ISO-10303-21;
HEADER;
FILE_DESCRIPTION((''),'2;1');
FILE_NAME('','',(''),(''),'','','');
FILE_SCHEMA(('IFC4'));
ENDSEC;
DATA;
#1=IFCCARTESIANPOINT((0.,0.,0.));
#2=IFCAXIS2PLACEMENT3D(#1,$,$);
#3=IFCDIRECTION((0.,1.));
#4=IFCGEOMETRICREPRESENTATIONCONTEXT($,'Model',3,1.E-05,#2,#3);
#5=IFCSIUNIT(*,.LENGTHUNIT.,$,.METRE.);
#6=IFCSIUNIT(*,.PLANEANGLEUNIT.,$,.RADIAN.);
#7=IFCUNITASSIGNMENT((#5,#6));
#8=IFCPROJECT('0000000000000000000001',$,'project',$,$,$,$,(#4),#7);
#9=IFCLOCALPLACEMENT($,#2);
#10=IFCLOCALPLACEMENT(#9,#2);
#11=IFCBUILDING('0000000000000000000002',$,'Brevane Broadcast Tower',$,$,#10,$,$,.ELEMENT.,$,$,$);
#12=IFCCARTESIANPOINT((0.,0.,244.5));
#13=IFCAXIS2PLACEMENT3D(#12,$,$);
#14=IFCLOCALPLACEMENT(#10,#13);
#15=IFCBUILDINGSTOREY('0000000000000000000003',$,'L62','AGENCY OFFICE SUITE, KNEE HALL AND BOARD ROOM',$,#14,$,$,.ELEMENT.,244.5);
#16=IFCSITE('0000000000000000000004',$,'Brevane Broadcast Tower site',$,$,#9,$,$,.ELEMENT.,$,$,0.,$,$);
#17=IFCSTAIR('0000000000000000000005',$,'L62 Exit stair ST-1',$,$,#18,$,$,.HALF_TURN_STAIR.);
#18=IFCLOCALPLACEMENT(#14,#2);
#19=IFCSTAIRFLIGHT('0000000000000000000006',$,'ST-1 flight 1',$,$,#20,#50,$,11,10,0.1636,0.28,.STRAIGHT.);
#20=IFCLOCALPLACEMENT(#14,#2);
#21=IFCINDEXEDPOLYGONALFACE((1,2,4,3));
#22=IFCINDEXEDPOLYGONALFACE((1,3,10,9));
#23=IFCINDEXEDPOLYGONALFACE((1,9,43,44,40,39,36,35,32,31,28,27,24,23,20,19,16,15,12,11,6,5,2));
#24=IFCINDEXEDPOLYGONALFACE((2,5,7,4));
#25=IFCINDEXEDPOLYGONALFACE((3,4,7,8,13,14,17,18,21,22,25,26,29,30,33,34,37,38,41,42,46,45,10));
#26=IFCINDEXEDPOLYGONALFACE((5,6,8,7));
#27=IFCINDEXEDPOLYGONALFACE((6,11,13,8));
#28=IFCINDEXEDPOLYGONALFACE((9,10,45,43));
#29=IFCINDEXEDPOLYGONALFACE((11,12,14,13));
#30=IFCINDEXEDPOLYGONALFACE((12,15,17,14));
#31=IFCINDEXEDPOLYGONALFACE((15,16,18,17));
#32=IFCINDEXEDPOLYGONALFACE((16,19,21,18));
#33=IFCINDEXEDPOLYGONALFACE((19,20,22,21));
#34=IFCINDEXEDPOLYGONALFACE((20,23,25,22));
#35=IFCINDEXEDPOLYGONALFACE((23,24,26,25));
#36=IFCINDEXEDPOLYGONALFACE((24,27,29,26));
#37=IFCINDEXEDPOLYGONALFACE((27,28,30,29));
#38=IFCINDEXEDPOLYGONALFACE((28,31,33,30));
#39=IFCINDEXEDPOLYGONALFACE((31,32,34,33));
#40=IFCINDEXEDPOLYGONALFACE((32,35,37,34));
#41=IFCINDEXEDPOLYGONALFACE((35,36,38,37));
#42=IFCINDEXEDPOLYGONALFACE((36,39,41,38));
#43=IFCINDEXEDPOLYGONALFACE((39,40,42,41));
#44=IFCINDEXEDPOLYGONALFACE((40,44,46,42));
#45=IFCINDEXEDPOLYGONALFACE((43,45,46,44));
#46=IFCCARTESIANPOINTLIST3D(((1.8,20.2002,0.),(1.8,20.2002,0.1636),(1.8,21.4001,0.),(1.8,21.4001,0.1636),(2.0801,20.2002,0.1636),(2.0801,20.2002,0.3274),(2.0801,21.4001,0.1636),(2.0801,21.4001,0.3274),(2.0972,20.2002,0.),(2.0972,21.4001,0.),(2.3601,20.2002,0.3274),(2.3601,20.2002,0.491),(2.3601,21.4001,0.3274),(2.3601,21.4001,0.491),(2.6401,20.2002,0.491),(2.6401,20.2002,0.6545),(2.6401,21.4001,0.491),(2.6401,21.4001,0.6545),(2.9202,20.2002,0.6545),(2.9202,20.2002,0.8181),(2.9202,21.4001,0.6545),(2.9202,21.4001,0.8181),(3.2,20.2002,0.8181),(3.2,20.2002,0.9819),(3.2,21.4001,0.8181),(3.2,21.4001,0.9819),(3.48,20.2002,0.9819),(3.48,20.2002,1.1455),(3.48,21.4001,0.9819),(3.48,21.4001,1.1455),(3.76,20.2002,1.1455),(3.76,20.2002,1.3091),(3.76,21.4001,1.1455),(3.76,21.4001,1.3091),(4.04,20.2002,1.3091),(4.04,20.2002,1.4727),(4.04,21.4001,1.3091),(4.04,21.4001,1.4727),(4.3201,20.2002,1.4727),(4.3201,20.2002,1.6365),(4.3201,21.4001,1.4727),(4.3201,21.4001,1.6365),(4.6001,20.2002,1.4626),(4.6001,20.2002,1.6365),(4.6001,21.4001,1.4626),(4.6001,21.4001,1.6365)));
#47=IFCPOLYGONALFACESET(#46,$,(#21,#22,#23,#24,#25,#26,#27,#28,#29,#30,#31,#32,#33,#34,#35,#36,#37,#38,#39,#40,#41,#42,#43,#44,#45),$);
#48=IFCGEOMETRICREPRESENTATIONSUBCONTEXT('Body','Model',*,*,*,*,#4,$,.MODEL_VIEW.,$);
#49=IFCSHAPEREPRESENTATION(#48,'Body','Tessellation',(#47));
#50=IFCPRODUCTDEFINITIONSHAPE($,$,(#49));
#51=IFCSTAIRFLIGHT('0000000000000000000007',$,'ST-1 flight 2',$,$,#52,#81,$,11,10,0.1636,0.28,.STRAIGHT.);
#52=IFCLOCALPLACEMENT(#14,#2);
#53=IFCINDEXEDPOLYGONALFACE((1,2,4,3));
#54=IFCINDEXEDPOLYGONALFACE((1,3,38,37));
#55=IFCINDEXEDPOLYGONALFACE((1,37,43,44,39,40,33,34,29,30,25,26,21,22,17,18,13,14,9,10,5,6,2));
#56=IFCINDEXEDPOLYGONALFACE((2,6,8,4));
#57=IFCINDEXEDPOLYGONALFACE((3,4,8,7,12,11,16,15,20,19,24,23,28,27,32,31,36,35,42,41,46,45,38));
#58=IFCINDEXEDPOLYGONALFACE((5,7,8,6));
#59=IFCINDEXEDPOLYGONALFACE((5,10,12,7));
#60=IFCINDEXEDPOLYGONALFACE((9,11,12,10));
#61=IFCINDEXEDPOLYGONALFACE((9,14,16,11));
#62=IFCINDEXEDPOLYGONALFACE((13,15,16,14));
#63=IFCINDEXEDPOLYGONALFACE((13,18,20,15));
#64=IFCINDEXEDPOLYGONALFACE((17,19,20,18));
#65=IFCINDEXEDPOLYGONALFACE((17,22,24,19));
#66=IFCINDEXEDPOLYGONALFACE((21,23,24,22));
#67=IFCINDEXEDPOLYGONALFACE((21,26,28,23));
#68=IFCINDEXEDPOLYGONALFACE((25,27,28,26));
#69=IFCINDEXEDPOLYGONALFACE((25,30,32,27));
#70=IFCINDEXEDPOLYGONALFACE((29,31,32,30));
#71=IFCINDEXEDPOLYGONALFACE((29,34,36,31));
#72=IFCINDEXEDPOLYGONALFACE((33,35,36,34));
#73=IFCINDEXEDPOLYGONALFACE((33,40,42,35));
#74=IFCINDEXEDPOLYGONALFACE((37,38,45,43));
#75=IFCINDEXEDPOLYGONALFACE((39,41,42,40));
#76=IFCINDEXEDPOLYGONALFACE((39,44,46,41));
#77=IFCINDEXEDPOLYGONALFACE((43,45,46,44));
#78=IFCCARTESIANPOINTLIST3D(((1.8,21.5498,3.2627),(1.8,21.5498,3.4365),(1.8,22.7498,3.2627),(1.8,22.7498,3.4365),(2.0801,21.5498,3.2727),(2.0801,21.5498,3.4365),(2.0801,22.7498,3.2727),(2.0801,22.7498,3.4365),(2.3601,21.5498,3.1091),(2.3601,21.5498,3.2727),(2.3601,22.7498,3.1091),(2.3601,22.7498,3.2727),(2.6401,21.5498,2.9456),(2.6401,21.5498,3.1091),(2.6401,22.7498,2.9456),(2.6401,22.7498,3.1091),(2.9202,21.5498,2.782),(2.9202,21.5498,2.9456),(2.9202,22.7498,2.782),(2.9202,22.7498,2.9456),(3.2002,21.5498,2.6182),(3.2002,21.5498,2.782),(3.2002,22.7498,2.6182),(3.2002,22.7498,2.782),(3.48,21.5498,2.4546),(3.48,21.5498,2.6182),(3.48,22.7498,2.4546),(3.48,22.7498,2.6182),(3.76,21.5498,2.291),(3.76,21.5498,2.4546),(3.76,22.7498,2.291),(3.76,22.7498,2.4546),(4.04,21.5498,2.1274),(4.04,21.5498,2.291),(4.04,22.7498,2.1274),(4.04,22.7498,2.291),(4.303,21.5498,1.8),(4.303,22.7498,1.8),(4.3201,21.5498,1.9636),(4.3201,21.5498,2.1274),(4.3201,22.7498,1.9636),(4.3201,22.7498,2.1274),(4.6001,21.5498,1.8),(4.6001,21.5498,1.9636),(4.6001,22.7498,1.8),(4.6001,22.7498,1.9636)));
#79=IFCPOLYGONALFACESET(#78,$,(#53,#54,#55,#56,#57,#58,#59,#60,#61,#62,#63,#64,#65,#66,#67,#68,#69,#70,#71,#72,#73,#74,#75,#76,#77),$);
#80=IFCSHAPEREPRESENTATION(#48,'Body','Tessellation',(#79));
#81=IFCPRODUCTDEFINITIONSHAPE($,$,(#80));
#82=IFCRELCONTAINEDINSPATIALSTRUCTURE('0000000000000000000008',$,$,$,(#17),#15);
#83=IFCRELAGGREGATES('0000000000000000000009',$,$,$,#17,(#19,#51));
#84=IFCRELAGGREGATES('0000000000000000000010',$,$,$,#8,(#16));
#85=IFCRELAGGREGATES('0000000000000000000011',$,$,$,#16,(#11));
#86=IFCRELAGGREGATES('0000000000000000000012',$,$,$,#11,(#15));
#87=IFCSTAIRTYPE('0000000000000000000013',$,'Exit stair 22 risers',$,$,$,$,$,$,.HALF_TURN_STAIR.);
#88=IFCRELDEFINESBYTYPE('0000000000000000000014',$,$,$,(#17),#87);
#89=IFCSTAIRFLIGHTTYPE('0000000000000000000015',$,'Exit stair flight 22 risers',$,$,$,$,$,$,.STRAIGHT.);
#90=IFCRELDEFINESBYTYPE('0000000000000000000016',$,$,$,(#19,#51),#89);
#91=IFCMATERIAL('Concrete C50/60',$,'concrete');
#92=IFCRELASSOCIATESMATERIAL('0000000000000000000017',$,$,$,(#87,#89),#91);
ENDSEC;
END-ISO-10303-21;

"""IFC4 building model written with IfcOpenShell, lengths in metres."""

from ifc_helpers import new_model, si_unit, direction, frame, origin, place, context, subcontext, project, spatial, polyline, outline, extrude, material, type_object, element, aggregate, save


model = new_model("IFC4")

# Units and contexts
model_context = context("Model", 3, precision=1e-05, world=origin(), true_north=direction((0.0, 1.0)))
body_context = subcontext(model_context, "Body", "Model", "MODEL_VIEW")
ifc_project = project(units=[si_unit("LENGTHUNIT", "METRE"), si_unit("PLANEANGLEUNIT", "RADIAN")], contexts=[model_context])

# Site, building, storey
site_placement = place(None, origin())
site = spatial("IfcSite", under=ifc_project, at=site_placement, Name="Brevane Broadcast Tower site", CompositionType="ELEMENT", RefElevation=0.0)
building_placement = place(site_placement, origin())
building = spatial("IfcBuilding", under=site, at=building_placement, Name="Brevane Broadcast Tower", CompositionType="ELEMENT")
storey_placement = place(building_placement, frame((0.0, 0.0, 244.5)))
storey = spatial("IfcBuildingStorey", under=building, at=storey_placement, Name="L62", Description="AGENCY OFFICE SUITE, KNEE HALL AND BOARD ROOM", CompositionType="ELEMENT", Elevation=244.5)

# Shared definitions
ifc_material_1 = material(Name="Concrete C50/60", Category="concrete")

# Stair, stair flights
stair_type = type_object("IfcStairType", Name="Exit stair 22 risers", PredefinedType="HALF_TURN_STAIR", material=ifc_material_1)
stair_placement = place(storey_placement, origin())
stair = element("IfcStair", 1, at=stair_placement, inside=storey, type_object=stair_type, Name="L62 Exit stair ST-1", PredefinedType="HALF_TURN_STAIR")
stair_flight_type = type_object("IfcStairFlightType", Name="Exit stair flight 22 risers", PredefinedType="STRAIGHT", material=ifc_material_1)
stair_flight_1_placement = place(storey_placement, frame((1.8, 20.8, 0.0), z_axis=(0.0, 0.0, 1.0), x_axis=(1.0, 0.0, 0.0)))
stair_flight_1 = element("IfcStairFlight", 2, at=stair_flight_1_placement, type_object=stair_flight_type, Name="ST-1 flight 1", NumberOfRisers=11, NumberOfTreads=10, PredefinedType="STRAIGHT", RiserHeight=0.1636, TreadLength=0.28, context=body_context, shape_type="SweptSolid", body=[
    extrude(outline(polyline([(0.0, 0.0), (0.0, 0.1636), (0.28, 0.1636), (0.28, 0.3274), (0.5601, 0.3274), (0.5601, 0.491), (0.8401, 0.491), (0.8401, 0.6545), (1.1201, 0.6545), (1.1201, 0.8181), (1.3999, 0.8181), (1.3999, 0.9819), (1.6799, 0.9819), (1.6799, 1.1455), (1.96, 1.1455), (1.96, 1.3091), (2.24, 1.3091), (2.24, 1.4727), (2.52, 1.4727), (2.52, 1.6365), (2.8, 1.6365), (2.8, 1.8), (2.8, 1.4626), (0.2971, 0.0), (0.0, 0.0)])), frame((0.0, 0.6001, 0.0), z_axis=(0.0, -1.0, 0.0), x_axis=(1.0, 0.0, 0.0)), (0.0, 0.0, 1.0), 1.2),
])
stair_flight_2_placement = place(storey_placement, frame((4.6001, 22.1499, 1.8), z_axis=(0.0, 0.0, 1.0), x_axis=(-1.0, 0.0, 0.0)))
stair_flight_2 = element("IfcStairFlight", 3, at=stair_flight_2_placement, type_object=stair_flight_type, Name="ST-1 flight 2", NumberOfRisers=11, NumberOfTreads=10, PredefinedType="STRAIGHT", RiserHeight=0.1636, TreadLength=0.28, context=body_context, shape_type="SweptSolid", body=[
    extrude(outline(polyline([(0.0, 0.0), (0.0, 0.1636), (0.28, 0.1636), (0.28, 0.3274), (0.5601, 0.3274), (0.5601, 0.491), (0.8401, 0.491), (0.8401, 0.6545), (1.1201, 0.6545), (1.1201, 0.8181), (1.3999, 0.8181), (1.3999, 0.9819), (1.6799, 0.9819), (1.6799, 1.1455), (1.96, 1.1455), (1.96, 1.3091), (2.24, 1.3091), (2.24, 1.4727), (2.52, 1.4727), (2.52, 1.6365), (2.8, 1.6365), (2.8, 1.8), (2.8, 1.4626), (0.2971, 0.0), (0.0, 0.0)])), frame((0.0, 0.6001, 0.0), z_axis=(0.0, -1.0, 0.0), x_axis=(1.0, 0.0, 0.0)), (0.0, 0.0, 1.0), 1.2),
])
aggregate(stair, [stair_flight_1, stair_flight_2])

save(model, "model.ifc")
